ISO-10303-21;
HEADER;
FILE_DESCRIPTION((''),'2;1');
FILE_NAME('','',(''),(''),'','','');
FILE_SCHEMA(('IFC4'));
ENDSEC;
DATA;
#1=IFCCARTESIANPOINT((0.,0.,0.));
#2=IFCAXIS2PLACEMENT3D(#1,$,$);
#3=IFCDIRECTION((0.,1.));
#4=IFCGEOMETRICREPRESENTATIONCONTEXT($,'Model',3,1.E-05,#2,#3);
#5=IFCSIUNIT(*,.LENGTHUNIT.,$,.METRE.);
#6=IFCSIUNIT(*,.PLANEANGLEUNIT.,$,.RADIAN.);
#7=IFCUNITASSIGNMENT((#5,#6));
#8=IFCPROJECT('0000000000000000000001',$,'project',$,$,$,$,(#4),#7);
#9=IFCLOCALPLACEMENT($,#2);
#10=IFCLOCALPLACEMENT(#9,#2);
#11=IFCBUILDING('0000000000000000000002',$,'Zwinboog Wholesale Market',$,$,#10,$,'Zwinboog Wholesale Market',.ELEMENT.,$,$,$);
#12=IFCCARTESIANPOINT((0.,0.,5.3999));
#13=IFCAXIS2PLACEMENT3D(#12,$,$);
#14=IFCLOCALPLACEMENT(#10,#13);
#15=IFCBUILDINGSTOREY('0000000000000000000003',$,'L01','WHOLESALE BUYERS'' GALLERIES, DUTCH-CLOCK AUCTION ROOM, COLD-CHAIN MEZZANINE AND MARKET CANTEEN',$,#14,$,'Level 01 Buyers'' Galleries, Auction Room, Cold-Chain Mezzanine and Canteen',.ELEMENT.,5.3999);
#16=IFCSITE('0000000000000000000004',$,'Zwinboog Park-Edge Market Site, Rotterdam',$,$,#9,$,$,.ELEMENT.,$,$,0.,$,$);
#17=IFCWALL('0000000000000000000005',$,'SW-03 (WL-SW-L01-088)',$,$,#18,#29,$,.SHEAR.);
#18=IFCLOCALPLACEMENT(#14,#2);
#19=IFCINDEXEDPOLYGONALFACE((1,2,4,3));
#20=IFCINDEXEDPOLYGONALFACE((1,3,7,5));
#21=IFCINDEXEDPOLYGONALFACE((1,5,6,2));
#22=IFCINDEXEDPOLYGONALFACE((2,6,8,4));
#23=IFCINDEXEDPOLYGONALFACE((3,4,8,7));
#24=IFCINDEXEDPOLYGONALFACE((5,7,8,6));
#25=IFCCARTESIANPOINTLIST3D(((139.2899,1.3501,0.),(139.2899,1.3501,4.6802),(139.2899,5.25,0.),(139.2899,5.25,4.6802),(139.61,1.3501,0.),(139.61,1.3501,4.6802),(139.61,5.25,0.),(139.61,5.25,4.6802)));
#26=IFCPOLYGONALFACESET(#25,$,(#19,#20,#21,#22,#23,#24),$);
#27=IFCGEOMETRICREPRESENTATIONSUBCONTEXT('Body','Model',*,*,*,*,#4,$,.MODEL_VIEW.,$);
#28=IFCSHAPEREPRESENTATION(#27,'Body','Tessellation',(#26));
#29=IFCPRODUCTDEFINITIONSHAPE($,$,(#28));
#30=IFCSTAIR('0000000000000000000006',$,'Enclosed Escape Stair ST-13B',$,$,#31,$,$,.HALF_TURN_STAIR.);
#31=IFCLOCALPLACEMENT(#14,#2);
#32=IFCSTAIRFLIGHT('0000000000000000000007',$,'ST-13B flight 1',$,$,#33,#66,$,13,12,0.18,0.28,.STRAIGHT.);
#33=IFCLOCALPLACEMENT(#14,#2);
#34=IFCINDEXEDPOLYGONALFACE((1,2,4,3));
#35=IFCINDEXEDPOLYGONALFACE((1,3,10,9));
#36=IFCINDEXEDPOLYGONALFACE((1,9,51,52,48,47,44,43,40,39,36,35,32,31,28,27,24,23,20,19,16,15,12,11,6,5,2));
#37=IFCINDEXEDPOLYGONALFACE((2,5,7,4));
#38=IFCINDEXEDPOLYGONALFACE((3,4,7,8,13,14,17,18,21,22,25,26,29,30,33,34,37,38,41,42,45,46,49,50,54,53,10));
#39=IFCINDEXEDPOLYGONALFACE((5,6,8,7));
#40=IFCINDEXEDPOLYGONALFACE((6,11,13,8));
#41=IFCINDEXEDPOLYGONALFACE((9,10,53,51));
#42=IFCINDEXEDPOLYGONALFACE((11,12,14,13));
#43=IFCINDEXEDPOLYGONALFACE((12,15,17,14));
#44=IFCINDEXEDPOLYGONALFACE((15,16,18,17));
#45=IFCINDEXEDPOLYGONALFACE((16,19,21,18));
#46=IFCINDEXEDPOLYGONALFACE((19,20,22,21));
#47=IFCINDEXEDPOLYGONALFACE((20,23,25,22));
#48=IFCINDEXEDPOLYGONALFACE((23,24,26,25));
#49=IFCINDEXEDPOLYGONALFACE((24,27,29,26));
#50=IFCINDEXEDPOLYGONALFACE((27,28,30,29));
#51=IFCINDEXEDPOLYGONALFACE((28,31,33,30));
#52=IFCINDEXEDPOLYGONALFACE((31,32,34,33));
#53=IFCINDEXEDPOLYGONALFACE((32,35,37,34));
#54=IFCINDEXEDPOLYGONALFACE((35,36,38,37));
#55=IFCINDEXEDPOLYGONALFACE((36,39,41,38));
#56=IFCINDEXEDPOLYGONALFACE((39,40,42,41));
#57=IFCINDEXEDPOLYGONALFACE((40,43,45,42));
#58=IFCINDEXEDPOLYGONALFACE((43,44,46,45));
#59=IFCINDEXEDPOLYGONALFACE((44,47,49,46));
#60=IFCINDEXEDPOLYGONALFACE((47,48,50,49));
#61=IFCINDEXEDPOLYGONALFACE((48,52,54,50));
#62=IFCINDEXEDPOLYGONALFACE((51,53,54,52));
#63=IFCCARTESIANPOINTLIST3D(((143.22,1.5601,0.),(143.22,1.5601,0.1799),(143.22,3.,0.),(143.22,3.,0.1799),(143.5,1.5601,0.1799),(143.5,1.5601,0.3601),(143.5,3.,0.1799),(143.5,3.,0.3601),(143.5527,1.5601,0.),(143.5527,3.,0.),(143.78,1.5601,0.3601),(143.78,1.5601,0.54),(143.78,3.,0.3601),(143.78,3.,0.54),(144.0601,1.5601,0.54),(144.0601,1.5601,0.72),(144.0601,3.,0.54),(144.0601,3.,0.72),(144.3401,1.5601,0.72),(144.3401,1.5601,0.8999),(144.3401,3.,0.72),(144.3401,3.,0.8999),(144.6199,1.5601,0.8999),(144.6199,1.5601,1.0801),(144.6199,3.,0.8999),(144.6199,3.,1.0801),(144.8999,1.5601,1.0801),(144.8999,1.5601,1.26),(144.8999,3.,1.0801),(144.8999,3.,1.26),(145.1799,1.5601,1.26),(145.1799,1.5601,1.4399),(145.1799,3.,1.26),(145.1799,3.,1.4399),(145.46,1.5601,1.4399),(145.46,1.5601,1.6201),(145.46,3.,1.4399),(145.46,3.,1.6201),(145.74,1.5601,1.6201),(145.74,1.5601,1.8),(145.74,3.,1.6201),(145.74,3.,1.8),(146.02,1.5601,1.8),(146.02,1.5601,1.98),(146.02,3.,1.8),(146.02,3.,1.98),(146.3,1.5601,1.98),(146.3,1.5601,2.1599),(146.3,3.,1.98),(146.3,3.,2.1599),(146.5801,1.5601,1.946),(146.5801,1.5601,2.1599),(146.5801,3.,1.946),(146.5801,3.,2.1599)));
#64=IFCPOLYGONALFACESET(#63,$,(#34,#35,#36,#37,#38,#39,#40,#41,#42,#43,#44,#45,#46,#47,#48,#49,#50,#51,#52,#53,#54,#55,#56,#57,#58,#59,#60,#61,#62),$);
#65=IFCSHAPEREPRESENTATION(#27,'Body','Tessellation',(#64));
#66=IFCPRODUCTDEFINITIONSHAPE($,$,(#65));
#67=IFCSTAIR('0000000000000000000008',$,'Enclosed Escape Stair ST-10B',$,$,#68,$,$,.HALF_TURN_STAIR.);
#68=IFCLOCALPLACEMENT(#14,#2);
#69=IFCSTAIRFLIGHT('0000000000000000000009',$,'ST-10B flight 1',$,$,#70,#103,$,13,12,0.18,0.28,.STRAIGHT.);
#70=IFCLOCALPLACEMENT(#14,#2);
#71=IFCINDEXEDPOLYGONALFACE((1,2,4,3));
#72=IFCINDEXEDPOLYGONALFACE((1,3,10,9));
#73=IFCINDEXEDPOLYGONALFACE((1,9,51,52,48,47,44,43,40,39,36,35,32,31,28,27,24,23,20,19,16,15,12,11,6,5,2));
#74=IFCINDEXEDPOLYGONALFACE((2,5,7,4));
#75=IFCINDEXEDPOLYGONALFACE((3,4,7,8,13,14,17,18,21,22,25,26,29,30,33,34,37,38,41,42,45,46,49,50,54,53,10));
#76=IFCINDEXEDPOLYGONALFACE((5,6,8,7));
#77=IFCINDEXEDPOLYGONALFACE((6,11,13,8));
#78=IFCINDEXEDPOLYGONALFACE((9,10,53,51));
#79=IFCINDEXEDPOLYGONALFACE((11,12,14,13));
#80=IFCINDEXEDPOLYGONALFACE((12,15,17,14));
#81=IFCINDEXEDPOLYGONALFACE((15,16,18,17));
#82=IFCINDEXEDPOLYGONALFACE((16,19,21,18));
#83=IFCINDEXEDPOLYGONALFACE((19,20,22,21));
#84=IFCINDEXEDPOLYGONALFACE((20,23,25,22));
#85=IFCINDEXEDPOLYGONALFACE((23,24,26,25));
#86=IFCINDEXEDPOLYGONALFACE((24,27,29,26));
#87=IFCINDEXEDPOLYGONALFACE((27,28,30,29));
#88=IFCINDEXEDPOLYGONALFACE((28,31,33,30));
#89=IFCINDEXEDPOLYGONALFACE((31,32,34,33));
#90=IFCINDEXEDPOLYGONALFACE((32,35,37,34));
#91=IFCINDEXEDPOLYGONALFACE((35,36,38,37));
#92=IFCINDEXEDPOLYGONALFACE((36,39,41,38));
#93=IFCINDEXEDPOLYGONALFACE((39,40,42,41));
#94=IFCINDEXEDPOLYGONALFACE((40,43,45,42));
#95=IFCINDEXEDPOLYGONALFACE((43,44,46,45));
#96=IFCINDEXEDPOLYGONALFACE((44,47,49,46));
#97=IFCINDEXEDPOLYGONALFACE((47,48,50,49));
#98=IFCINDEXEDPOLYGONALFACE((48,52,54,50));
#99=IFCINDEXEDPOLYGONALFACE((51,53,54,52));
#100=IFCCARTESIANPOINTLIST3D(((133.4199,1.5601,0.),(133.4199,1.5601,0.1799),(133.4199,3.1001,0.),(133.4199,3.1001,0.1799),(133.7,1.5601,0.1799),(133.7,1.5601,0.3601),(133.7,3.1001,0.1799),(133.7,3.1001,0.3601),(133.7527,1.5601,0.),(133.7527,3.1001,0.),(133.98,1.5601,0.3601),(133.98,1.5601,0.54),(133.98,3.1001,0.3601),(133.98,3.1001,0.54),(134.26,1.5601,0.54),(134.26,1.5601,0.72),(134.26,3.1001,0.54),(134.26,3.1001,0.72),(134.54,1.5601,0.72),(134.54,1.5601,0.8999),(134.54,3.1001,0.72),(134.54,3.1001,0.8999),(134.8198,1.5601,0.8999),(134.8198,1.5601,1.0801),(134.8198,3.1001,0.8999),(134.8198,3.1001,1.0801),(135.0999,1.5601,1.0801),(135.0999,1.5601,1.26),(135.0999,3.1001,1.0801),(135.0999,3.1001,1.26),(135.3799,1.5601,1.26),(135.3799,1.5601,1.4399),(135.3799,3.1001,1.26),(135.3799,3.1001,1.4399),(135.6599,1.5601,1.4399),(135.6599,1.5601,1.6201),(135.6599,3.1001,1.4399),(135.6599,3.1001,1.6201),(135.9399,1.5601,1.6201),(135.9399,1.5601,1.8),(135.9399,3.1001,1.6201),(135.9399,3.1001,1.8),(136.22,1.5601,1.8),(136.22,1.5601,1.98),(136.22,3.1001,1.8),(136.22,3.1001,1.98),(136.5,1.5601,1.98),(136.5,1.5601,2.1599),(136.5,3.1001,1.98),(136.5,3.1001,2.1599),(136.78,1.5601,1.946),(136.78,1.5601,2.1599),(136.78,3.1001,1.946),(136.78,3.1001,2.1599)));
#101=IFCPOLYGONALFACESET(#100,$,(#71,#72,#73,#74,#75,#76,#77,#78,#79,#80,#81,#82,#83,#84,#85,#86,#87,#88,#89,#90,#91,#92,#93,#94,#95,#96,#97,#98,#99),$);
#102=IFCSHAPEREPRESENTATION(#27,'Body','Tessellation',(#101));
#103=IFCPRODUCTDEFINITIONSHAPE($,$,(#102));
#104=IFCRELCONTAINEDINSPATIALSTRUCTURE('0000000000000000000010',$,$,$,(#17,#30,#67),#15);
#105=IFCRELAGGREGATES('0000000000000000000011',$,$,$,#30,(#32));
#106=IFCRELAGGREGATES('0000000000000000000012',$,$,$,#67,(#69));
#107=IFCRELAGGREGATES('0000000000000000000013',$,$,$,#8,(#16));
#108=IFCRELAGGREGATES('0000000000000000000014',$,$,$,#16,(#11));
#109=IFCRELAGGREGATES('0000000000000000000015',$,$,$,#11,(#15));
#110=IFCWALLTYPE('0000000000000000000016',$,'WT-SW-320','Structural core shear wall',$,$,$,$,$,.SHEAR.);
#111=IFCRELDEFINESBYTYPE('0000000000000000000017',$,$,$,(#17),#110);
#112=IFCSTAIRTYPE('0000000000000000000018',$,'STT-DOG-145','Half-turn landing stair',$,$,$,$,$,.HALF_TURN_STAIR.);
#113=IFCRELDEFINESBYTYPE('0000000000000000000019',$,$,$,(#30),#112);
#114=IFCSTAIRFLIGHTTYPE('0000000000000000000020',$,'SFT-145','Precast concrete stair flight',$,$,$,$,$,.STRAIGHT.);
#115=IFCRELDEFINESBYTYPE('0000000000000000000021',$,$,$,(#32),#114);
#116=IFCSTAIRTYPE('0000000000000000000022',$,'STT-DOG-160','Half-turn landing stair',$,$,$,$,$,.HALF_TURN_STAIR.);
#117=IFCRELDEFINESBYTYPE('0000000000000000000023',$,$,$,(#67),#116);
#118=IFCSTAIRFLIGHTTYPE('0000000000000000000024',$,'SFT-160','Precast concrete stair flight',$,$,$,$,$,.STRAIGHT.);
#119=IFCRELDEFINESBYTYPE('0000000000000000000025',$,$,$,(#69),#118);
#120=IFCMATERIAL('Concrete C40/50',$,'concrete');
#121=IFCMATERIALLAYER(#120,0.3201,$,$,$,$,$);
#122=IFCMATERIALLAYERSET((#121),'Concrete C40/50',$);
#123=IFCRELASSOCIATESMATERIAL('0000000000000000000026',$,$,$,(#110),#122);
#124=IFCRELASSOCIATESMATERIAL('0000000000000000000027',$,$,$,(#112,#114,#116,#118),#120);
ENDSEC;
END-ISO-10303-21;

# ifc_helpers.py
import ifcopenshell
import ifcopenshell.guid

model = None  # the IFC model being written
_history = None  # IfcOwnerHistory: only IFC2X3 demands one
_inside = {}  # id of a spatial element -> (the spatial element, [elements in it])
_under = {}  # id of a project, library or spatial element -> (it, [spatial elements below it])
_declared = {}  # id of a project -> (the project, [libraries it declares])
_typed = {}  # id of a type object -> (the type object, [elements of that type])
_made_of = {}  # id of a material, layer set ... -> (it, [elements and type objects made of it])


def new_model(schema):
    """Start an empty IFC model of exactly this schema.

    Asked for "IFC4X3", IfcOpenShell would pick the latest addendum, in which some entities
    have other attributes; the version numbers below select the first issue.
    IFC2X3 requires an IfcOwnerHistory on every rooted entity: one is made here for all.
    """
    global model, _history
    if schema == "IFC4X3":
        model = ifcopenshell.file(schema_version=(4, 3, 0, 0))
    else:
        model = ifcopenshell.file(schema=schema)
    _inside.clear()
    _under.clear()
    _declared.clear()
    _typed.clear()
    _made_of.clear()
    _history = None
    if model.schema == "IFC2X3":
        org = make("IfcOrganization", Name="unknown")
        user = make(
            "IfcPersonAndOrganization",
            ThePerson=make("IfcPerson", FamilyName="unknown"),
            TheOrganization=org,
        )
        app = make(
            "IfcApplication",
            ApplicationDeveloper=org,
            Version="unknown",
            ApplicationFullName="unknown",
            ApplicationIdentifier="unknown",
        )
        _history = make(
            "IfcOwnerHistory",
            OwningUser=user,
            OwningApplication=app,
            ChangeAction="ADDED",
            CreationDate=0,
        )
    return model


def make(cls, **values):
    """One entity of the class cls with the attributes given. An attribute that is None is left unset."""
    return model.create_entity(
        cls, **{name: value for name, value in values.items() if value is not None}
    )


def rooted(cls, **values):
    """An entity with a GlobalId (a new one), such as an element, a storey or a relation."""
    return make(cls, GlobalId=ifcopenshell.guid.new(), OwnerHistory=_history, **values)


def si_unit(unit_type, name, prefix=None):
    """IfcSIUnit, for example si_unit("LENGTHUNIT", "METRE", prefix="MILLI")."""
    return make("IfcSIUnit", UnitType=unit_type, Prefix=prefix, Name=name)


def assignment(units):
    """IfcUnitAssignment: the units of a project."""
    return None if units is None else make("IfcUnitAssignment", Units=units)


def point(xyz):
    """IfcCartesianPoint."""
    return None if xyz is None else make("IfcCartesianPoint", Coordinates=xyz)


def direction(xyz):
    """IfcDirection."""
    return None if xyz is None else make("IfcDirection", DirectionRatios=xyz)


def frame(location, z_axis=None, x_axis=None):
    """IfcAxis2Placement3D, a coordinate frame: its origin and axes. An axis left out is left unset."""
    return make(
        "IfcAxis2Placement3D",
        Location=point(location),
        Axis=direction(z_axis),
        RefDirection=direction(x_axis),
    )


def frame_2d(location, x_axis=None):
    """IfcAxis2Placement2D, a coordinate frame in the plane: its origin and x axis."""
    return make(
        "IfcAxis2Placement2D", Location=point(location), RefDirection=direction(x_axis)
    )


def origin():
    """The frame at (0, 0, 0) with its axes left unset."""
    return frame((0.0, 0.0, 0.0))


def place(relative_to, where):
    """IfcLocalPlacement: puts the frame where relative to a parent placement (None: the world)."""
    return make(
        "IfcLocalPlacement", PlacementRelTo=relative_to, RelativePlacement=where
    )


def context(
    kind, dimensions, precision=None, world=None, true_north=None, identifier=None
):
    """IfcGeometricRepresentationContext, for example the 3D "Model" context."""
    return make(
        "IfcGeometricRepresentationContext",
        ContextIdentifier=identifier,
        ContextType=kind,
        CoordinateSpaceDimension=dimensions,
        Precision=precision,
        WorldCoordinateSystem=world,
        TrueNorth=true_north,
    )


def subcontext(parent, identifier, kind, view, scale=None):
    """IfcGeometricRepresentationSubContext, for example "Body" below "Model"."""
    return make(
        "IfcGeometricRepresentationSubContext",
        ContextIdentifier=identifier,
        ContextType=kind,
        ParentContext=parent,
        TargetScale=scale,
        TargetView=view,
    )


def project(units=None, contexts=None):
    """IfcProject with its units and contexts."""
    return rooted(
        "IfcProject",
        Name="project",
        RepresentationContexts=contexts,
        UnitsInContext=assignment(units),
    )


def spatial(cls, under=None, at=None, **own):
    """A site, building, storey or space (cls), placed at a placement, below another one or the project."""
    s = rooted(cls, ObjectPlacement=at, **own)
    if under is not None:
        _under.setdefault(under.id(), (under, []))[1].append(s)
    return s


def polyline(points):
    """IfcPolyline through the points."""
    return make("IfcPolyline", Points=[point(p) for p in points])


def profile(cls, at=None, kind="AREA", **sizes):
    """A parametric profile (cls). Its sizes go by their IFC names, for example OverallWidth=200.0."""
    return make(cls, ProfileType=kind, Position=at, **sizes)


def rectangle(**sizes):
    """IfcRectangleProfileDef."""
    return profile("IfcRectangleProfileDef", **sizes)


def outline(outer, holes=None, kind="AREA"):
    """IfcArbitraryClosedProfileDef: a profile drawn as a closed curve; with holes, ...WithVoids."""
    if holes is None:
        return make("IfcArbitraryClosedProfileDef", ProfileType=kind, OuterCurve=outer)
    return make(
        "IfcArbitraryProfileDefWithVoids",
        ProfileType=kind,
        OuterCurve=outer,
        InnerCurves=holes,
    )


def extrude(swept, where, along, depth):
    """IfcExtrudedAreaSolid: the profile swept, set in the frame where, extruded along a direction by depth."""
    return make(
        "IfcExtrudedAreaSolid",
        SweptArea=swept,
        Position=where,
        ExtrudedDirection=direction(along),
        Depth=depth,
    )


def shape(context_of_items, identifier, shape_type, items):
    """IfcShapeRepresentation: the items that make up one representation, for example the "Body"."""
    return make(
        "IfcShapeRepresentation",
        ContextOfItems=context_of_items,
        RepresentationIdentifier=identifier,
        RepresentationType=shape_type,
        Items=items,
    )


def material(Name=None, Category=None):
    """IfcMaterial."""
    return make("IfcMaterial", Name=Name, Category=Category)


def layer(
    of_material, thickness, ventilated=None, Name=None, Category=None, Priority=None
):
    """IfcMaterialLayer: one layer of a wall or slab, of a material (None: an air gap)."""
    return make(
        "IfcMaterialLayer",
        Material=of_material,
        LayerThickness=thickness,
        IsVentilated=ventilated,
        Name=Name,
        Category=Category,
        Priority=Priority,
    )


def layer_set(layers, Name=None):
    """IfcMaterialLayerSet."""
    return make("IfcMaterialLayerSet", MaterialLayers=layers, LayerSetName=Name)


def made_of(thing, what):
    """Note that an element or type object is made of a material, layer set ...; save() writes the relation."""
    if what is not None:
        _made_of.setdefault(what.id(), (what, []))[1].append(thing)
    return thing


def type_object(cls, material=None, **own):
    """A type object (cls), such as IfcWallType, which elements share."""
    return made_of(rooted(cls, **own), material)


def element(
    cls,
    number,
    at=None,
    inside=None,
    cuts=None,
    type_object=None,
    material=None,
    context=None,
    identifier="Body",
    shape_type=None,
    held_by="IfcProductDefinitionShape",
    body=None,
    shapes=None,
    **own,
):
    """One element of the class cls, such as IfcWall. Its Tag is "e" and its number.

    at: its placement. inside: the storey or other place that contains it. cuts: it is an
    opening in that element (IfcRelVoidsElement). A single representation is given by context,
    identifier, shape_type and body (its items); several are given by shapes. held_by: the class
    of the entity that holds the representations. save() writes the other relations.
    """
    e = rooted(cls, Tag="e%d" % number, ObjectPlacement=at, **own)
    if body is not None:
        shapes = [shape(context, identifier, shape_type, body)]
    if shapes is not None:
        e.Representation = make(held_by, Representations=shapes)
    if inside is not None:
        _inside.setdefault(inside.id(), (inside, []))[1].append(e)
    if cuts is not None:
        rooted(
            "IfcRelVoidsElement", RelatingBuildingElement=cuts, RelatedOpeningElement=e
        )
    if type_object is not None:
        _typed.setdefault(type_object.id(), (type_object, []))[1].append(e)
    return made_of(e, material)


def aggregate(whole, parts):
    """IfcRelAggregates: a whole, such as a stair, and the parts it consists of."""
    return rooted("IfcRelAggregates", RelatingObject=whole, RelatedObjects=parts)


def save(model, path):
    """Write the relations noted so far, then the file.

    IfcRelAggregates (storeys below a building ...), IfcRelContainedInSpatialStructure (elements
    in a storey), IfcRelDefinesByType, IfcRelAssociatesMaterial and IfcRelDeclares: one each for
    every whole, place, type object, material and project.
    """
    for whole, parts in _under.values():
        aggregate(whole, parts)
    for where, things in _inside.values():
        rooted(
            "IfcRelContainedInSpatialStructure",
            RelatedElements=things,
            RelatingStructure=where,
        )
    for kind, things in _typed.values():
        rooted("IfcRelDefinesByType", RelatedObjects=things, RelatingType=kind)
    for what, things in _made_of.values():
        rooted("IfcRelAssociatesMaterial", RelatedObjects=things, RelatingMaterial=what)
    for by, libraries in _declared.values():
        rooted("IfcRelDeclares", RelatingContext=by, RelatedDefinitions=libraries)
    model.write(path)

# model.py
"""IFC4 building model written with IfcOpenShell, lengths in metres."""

from ifc_helpers import new_model, si_unit, direction, frame, frame_2d, origin, place, context, subcontext, project, spatial, polyline, rectangle, outline, extrude, material, layer, layer_set, type_object, element, aggregate, save


model = new_model("IFC4")

# Units and contexts
model_context = context("Model", 3, precision=1e-05, world=origin(), true_north=direction((0.0, 1.0)))
body_context = subcontext(model_context, "Body", "Model", "MODEL_VIEW")
ifc_project = project(units=[si_unit("LENGTHUNIT", "METRE"), si_unit("PLANEANGLEUNIT", "RADIAN")], contexts=[model_context])

# Site, building, storey
site_placement = place(None, origin())
site = spatial("IfcSite", under=ifc_project, at=site_placement, Name="Zwinboog Park-Edge Market Site, Rotterdam", CompositionType="ELEMENT", RefElevation=0.0)
building_placement = place(site_placement, origin())
building = spatial("IfcBuilding", under=site, at=building_placement, Name="Zwinboog Wholesale Market", LongName="Zwinboog Wholesale Market", CompositionType="ELEMENT")
storey_placement = place(building_placement, frame((0.0, 0.0, 5.3999)))
storey = spatial("IfcBuildingStorey", under=building, at=storey_placement, Name="L01", Description="WHOLESALE BUYERS' GALLERIES, DUTCH-CLOCK AUCTION ROOM, COLD-CHAIN MEZZANINE AND MARKET CANTEEN", LongName="Level 01 Buyers' Galleries, Auction Room, Cold-Chain Mezzanine and Canteen", CompositionType="ELEMENT", Elevation=5.3999)

# Wall
ifc_material_1 = material(Name="Concrete C40/50", Category="concrete")
ifc_layer_1 = layer(ifc_material_1, 0.3201)
ifc_layer_set_1 = layer_set([ifc_layer_1], Name="Concrete C40/50")
wall_type_1 = type_object("IfcWallType", Name="WT-SW-320", Description="Structural core shear wall", PredefinedType="SHEAR", material=ifc_layer_set_1)
for number, where, z_axis, x_axis, name in (
    (1, (139.45, 1.3501, 0.0), (0.0, 0.0, 1.0), (0.0, 1.0, 0.0), "SW-03 (WL-SW-L01-088)"),
):
    element("IfcWall", number, at=place(storey_placement, frame(where, z_axis=z_axis, x_axis=x_axis)), inside=storey, type_object=wall_type_1, Name=name, PredefinedType="SHEAR", context=body_context, shape_type="SweptSolid", body=[
        extrude(rectangle(XDim=3.8999, YDim=0.3201, at=frame_2d((1.95, 0.0))), origin(), (0.0, 0.0, 1.0), 4.6802),
    ])

# Stairs, stair flights
stair_type_1 = type_object("IfcStairType", Name="STT-DOG-145", Description="Half-turn landing stair", PredefinedType="HALF_TURN_STAIR", material=ifc_material_1)
stair_1_placement = place(storey_placement, origin())
stair_1 = element("IfcStair", 2, at=stair_1_placement, inside=storey, type_object=stair_type_1, Name="Enclosed Escape Stair ST-13B", PredefinedType="HALF_TURN_STAIR")
stair_flight_type_1 = type_object("IfcStairFlightType", Name="SFT-145", Description="Precast concrete stair flight", PredefinedType="STRAIGHT", material=ifc_material_1)
stair_flight_1_placement = place(storey_placement, frame((143.22, 2.28, 0.0), z_axis=(0.0, 0.0, 1.0), x_axis=(1.0, 0.0, 0.0)))
stair_flight_1 = element("IfcStairFlight", 3, at=stair_flight_1_placement, type_object=stair_flight_type_1, Name="ST-13B flight 1", NumberOfRisers=13, NumberOfTreads=12, PredefinedType="STRAIGHT", RiserHeight=0.18, TreadLength=0.28, context=body_context, shape_type="SweptSolid", body=[
    extrude(outline(polyline([(0.0, 0.0), (0.0, 0.1799), (0.28, 0.1799), (0.28, 0.3601), (0.5601, 0.3601), (0.5601, 0.54), (0.8401, 0.54), (0.8401, 0.72), (1.1201, 0.72), (1.1201, 0.8999), (1.3999, 0.8999), (1.3999, 1.0801), (1.6799, 1.0801), (1.6799, 1.26), (1.96, 1.26), (1.96, 1.4399), (2.24, 1.4399), (2.24, 1.6201), (2.52, 1.6201), (2.52, 1.8), (2.8, 1.8), (2.8, 1.98), (3.0801, 1.98), (3.0801, 2.1599), (3.3601, 2.1599), (3.3601, 2.3401), (3.3601, 1.946), (0.3328, 0.0), (0.0, 0.0)])), frame((0.0, 0.72, 0.0), z_axis=(0.0, -1.0, 0.0), x_axis=(1.0, 0.0, 0.0)), (0.0, 0.0, 1.0), 1.4399),
])
aggregate(stair_1, [stair_flight_1])
stair_type_2 = type_object("IfcStairType", Name="STT-DOG-160", Description="Half-turn landing stair", PredefinedType="HALF_TURN_STAIR", material=ifc_material_1)
stair_2_placement = place(storey_placement, origin())
stair_2 = element("IfcStair", 4, at=stair_2_placement, inside=storey, type_object=stair_type_2, Name="Enclosed Escape Stair ST-10B", PredefinedType="HALF_TURN_STAIR")
stair_flight_type_2 = type_object("IfcStairFlightType", Name="SFT-160", Description="Precast concrete stair flight", PredefinedType="STRAIGHT", material=ifc_material_1)
stair_flight_2_placement = place(storey_placement, frame((133.4199, 2.3301, 0.0), z_axis=(0.0, 0.0, 1.0), x_axis=(1.0, 0.0, 0.0)))
stair_flight_2 = element("IfcStairFlight", 5, at=stair_flight_2_placement, type_object=stair_flight_type_2, Name="ST-10B flight 1", NumberOfRisers=13, NumberOfTreads=12, PredefinedType="STRAIGHT", RiserHeight=0.18, TreadLength=0.28, context=body_context, shape_type="SweptSolid", body=[
    extrude(outline(polyline([(0.0, 0.0), (0.0, 0.1799), (0.28, 0.1799), (0.28, 0.3601), (0.5601, 0.3601), (0.5601, 0.54), (0.8401, 0.54), (0.8401, 0.72), (1.1201, 0.72), (1.1201, 0.8999), (1.3999, 0.8999), (1.3999, 1.0801), (1.6799, 1.0801), (1.6799, 1.26), (1.96, 1.26), (1.96, 1.4399), (2.24, 1.4399), (2.24, 1.6201), (2.52, 1.6201), (2.52, 1.8), (2.8, 1.8), (2.8, 1.98), (3.0801, 1.98), (3.0801, 2.1599), (3.3601, 2.1599), (3.3601, 2.3401), (3.3601, 1.946), (0.3328, 0.0), (0.0, 0.0)])), frame((0.0, 0.77, 0.0), z_axis=(0.0, -1.0, 0.0), x_axis=(1.0, 0.0, 0.0)), (0.0, 0.0, 1.0), 1.54),
])
aggregate(stair_2, [stair_flight_2])

save(model, "model.ifc")
